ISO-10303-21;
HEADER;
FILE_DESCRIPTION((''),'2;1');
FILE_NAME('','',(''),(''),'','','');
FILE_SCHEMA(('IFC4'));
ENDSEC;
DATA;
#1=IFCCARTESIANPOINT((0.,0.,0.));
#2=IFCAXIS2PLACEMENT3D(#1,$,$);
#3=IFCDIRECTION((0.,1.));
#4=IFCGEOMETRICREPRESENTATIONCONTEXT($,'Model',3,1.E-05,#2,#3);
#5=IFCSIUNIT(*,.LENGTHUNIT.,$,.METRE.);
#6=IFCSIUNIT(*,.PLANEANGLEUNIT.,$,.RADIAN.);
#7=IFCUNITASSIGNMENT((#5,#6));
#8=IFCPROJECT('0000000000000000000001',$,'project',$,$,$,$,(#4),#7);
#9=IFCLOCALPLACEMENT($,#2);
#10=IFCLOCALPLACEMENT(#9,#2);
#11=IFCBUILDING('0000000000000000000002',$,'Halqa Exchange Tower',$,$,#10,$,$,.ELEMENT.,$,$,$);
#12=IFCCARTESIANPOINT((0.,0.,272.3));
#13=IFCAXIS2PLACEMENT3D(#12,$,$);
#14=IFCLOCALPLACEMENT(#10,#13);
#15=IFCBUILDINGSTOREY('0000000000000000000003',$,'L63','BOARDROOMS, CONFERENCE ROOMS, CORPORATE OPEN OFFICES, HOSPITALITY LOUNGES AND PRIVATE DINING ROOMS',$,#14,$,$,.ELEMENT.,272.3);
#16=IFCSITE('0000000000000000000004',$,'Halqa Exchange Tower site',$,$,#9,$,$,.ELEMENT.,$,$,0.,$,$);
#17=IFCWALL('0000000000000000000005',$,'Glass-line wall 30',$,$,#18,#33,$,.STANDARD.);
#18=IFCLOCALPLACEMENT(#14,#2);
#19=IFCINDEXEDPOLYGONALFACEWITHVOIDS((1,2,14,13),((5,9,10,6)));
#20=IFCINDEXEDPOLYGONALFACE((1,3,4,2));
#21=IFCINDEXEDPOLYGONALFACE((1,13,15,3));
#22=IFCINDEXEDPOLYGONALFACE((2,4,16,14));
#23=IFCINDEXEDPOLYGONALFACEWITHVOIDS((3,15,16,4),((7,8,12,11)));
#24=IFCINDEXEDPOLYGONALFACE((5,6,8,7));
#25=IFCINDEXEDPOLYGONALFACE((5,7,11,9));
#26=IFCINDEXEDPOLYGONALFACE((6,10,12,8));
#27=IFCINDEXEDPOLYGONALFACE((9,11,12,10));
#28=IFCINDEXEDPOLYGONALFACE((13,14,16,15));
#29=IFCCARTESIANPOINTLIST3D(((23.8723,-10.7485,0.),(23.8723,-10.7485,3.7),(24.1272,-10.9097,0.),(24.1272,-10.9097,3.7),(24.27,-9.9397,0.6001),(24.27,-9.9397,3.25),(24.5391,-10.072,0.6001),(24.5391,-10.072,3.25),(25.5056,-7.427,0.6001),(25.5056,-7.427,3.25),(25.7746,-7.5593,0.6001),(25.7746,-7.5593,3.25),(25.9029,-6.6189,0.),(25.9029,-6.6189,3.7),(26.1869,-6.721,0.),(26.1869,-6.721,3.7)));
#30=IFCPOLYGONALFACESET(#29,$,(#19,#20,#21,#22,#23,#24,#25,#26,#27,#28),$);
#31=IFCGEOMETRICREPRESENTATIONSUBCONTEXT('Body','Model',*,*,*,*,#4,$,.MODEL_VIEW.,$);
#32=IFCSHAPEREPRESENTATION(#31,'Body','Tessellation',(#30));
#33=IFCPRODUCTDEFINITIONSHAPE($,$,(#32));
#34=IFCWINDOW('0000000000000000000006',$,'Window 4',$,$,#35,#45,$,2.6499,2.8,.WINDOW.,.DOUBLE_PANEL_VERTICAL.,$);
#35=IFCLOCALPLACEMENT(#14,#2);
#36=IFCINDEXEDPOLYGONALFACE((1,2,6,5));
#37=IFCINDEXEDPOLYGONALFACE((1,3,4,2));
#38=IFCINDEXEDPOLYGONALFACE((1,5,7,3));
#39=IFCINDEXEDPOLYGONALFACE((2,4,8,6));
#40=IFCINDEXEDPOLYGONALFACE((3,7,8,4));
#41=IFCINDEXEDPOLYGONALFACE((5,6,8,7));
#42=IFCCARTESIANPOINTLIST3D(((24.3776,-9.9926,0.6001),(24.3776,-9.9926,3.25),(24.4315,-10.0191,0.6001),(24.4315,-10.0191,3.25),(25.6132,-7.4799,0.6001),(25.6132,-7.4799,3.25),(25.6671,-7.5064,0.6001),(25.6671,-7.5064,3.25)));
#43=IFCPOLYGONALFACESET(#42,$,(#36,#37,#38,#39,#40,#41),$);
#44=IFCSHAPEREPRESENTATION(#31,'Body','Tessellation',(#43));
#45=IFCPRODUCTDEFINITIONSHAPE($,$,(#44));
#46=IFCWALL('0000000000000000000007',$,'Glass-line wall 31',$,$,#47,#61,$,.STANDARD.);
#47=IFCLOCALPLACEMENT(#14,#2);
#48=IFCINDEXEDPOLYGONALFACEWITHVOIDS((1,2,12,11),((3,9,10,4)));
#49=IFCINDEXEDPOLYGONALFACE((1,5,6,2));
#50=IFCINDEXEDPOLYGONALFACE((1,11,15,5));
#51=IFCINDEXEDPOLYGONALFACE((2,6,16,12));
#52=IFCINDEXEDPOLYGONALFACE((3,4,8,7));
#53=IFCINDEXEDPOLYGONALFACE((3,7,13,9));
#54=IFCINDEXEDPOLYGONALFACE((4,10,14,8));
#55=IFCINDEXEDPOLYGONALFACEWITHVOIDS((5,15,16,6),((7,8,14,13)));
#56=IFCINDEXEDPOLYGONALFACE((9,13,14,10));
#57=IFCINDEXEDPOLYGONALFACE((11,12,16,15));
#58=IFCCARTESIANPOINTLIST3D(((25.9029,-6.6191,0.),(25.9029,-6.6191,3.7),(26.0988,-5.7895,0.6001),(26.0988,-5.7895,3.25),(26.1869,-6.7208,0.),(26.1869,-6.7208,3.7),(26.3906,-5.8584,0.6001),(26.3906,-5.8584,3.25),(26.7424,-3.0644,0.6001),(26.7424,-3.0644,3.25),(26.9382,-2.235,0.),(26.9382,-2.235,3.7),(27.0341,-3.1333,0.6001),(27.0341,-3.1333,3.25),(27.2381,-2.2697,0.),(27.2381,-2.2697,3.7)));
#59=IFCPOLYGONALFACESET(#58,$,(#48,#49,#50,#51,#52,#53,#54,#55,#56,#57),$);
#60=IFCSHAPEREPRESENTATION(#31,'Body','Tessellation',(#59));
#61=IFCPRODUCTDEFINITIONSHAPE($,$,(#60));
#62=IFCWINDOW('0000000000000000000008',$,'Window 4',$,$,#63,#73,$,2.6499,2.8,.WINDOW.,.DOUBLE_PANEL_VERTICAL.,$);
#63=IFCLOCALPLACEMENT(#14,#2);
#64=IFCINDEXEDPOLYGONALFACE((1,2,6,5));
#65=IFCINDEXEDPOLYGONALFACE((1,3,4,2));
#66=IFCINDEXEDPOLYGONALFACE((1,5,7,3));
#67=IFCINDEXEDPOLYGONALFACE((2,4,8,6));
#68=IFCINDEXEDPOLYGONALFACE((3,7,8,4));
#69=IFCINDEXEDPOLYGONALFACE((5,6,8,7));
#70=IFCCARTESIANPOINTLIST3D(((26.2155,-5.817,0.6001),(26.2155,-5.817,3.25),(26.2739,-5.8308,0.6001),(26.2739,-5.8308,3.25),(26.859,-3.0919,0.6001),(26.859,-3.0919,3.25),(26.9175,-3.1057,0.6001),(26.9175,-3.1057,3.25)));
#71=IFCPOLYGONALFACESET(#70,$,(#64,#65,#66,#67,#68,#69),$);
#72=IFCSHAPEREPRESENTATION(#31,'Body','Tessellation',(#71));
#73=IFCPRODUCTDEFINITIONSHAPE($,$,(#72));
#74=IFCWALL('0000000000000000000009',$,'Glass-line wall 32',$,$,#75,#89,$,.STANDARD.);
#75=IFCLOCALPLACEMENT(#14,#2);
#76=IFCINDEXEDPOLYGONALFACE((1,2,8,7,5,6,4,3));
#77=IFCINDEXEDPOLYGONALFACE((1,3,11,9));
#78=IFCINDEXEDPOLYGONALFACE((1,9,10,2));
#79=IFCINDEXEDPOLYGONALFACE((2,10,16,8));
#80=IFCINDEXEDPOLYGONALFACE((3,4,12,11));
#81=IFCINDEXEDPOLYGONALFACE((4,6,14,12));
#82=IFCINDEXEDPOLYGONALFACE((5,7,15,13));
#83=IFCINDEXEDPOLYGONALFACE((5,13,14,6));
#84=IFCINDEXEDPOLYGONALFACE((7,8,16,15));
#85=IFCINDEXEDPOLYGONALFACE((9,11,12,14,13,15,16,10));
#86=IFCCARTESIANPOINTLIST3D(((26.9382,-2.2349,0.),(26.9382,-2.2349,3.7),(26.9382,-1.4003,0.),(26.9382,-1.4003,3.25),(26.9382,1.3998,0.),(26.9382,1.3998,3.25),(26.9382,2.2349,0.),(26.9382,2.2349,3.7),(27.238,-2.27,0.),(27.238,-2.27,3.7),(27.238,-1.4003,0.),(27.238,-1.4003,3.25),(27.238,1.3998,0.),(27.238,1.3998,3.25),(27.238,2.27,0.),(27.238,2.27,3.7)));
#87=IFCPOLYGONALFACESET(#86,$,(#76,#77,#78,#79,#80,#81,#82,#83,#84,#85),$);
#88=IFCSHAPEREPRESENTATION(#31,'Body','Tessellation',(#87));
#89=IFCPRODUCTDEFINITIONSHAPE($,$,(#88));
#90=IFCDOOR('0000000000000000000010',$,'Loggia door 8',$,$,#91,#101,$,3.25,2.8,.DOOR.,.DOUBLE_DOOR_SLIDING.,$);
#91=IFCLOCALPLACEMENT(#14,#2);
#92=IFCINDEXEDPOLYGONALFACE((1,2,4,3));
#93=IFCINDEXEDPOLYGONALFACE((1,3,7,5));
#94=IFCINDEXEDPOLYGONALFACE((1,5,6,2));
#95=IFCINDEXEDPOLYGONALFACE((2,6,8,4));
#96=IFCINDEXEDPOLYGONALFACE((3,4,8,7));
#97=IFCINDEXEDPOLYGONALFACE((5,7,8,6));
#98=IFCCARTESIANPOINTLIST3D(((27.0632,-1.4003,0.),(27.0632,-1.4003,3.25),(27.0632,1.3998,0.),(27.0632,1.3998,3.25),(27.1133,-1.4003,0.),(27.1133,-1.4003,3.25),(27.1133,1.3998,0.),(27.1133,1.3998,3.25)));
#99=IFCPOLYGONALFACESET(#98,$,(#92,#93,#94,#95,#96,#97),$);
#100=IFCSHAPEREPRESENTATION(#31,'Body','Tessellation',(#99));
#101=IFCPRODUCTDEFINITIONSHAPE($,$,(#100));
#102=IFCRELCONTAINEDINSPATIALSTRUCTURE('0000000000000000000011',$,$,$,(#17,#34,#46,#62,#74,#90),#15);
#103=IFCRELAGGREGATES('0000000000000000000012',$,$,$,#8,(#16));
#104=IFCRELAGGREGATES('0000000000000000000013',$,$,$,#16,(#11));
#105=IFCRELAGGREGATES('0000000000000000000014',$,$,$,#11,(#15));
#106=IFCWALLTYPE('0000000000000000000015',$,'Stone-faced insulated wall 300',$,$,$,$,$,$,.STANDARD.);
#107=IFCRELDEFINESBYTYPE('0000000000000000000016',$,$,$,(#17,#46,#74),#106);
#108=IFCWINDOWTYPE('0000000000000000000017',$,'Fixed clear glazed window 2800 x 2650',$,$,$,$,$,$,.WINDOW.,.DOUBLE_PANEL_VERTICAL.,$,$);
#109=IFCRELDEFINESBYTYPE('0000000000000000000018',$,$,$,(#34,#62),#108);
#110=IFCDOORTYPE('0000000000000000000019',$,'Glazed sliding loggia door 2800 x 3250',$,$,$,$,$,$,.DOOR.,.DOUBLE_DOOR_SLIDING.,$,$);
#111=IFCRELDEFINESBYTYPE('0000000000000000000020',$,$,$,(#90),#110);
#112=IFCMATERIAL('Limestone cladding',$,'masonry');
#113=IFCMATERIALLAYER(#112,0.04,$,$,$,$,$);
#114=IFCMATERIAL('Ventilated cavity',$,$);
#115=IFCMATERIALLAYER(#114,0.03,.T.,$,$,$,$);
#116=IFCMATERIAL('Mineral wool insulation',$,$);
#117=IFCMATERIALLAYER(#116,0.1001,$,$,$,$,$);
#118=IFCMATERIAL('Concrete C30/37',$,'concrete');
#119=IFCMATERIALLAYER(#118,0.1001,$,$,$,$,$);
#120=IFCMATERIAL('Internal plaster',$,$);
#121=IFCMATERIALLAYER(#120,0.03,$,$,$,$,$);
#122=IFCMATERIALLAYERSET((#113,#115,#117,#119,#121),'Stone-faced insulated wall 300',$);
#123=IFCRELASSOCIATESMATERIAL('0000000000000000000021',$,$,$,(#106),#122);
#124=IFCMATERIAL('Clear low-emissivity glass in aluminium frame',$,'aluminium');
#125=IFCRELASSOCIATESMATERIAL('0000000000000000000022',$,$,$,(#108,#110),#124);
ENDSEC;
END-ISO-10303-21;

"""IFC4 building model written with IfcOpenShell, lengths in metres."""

from ifc_helpers import new_model, si_unit, direction, frame, frame_2d, origin, place, context, subcontext, project, spatial, polyline, rectangle, outline, extrude, material, layer, layer_set, type_object, element, fill, save


model = new_model("IFC4")

# Units and contexts
model_context = context("Model", 3, precision=1e-05, world=origin(), true_north=direction((0.0, 1.0)))
body_context = subcontext(model_context, "Body", "Model", "MODEL_VIEW")
ifc_project = project(units=[si_unit("LENGTHUNIT", "METRE"), si_unit("PLANEANGLEUNIT", "RADIAN")], contexts=[model_context])

# Site, building, storey
site_placement = place(None, origin())
site = spatial("IfcSite", under=ifc_project, at=site_placement, Name="Halqa Exchange Tower site", CompositionType="ELEMENT", RefElevation=0.0)
building_placement = place(site_placement, origin())
building = spatial("IfcBuilding", under=site, at=building_placement, Name="Halqa Exchange Tower", CompositionType="ELEMENT")
storey_placement = place(building_placement, frame((0.0, 0.0, 272.3)))
storey = spatial("IfcBuildingStorey", under=building, at=storey_placement, Name="L63", Description="BOARDROOMS, CONFERENCE ROOMS, CORPORATE OPEN OFFICES, HOSPITALITY LOUNGES AND PRIVATE DINING ROOMS", CompositionType="ELEMENT", Elevation=272.3)

# Walls, openings, windows
ifc_material_1 = material(Name="Limestone cladding", Category="masonry")
ifc_layer_1 = layer(ifc_material_1, 0.04)
ifc_material_2 = material(Name="Ventilated cavity")
ifc_layer_2 = layer(ifc_material_2, 0.03, ventilated=True)
ifc_material_3 = material(Name="Mineral wool insulation")
ifc_layer_3 = layer(ifc_material_3, 0.1001)
ifc_material_4 = material(Name="Concrete C30/37", Category="concrete")
ifc_layer_4 = layer(ifc_material_4, 0.1001)
ifc_material_5 = material(Name="Internal plaster")
ifc_layer_5 = layer(ifc_material_5, 0.03)
ifc_layer_set_1 = layer_set([ifc_layer_1, ifc_layer_2, ifc_layer_3, ifc_layer_4, ifc_layer_5], Name="Stone-faced insulated wall 300")
wall_type_1 = type_object("IfcWallType", Name="Stone-faced insulated wall 300", PredefinedType="STANDARD", material=ifc_layer_set_1)
wall_1_placement = place(storey_placement, frame((23.9998, -10.8291, 0.0), z_axis=(0.0, 0.0, 1.0), x_axis=(0.441262, 0.897378, 0.0)))
wall_1 = element("IfcWall", 1, at=wall_1_placement, inside=storey, type_object=wall_type_1, Name="Glass-line wall 30", PredefinedType="STANDARD", context=body_context, shape_type="SweptSolid", body=[
    extrude(outline(polyline([(-0.0161, -0.1499), (4.6516, -0.1499), (4.6179, 0.1499), (0.0161, 0.1499), (-0.0161, -0.1499)])), origin(), (0.0, 0.0, 1.0), 3.7),
])
opening_1_placement = place(wall_1_placement, frame((0.9175, 0.0, 0.6001)))
opening_1 = element("IfcOpeningElement", 2, at=opening_1_placement, cuts=wall_1, PredefinedType="OPENING", context=body_context, shape_type="SweptSolid", body=[
    extrude(rectangle(XDim=2.8, YDim=2.6499, at=frame_2d((1.3999, 1.325))), frame((0.0, 0.1621, 0.0), z_axis=(0.0, -1.0, 0.0), x_axis=(1.0, 0.0, 0.0)), (0.0, 0.0, 1.0), 0.324),
])
ifc_material_6 = material(Name="Clear low-emissivity glass in aluminium frame", Category="aluminium")
window_type = type_object("IfcWindowType", Name="Fixed clear glazed window 2800 x 2650", PartitioningType="DOUBLE_PANEL_VERTICAL", PredefinedType="WINDOW", material=ifc_material_6)
window_1_placement = place(opening_1_placement, origin())
window_1 = element("IfcWindow", 3, at=window_1_placement, inside=storey, type_object=window_type, Name="Window 4", OverallHeight=2.6499, OverallWidth=2.8, PartitioningType="DOUBLE_PANEL_VERTICAL", PredefinedType="WINDOW", context=body_context, shape_type="SweptSolid", body=[
    extrude(rectangle(XDim=2.8, YDim=2.6499, at=frame_2d((1.3999, 1.325))), frame((0.0, 0.03, 0.0), z_axis=(0.0, -1.0, 0.0), x_axis=(1.0, 0.0, 0.0)), (0.0, 0.0, 1.0), 0.0601),
])
fill(opening_1, window_1)
wall_2_placement = place(storey_placement, frame((26.0449, -6.6699, 0.0), z_axis=(0.0, 0.0, 1.0), x_axis=(0.229834, 0.97323, 0.0)))
wall_2 = element("IfcWall", 4, at=wall_2_placement, inside=storey, type_object=wall_type_1, Name="Glass-line wall 31", PredefinedType="STANDARD", context=body_context, shape_type="SweptSolid", body=[
    extrude(outline(polyline([(-0.0168, -0.1499), (4.5566, -0.1499), (4.5215, 0.1499), (0.0168, 0.1499), (-0.0168, -0.1499)])), origin(), (0.0, 0.0, 1.0), 3.7),
])
opening_2_placement = place(wall_2_placement, frame((0.8694, 0.0, 0.6001)))
opening_2 = element("IfcOpeningElement", 5, at=opening_2_placement, cuts=wall_2, PredefinedType="OPENING", context=body_context, shape_type="SweptSolid", body=[
    extrude(rectangle(XDim=2.8, YDim=2.6499, at=frame_2d((1.3999, 1.325))), frame((0.0, 0.1621, 0.0), z_axis=(0.0, -1.0, 0.0), x_axis=(1.0, 0.0, 0.0)), (0.0, 0.0, 1.0), 0.324),
])
window_2_placement = place(opening_2_placement, origin())
window_2 = element("IfcWindow", 6, at=window_2_placement, inside=storey, type_object=window_type, Name="Window 4", OverallHeight=2.6499, OverallWidth=2.8, PartitioningType="DOUBLE_PANEL_VERTICAL", PredefinedType="WINDOW", context=body_context, shape_type="SweptSolid", body=[
    extrude(rectangle(XDim=2.8, YDim=2.6499, at=frame_2d((1.3999, 1.325))), frame((0.0, 0.03, 0.0), z_axis=(0.0, -1.0, 0.0), x_axis=(1.0, 0.0, 0.0)), (0.0, 0.0, 1.0), 0.0601),
])
fill(opening_2, window_2)

# Wall, opening, door
wall_3_placement = place(storey_placement, frame((27.0881, -2.2524, 0.0), z_axis=(0.0, 0.0, 1.0), x_axis=(0.0, 1.0, 0.0)))
wall_3 = element("IfcWall", 7, at=wall_3_placement, inside=storey, type_object=wall_type_1, Name="Glass-line wall 32", PredefinedType="STANDARD", context=body_context, shape_type="SweptSolid", body=[
    extrude(outline(polyline([(-0.0176, -0.1499), (4.5225, -0.1499), (4.4873, 0.1499), (0.0176, 0.1499), (-0.0176, -0.1499)])), origin(), (0.0, 0.0, 1.0), 3.7),
])
opening_3_placement = place(wall_3_placement, frame((0.8523, 0.0, 0.0)))
opening_3 = element("IfcOpeningElement", 8, at=opening_3_placement, cuts=wall_3, PredefinedType="OPENING", context=body_context, shape_type="SweptSolid", body=[
    extrude(rectangle(XDim=2.8, YDim=3.25, at=frame_2d((1.3999, 1.625))), frame((0.0, 0.1621, 0.0), z_axis=(0.0, -1.0, 0.0), x_axis=(1.0, 0.0, 0.0)), (0.0, 0.0, 1.0), 0.324),
])
door_type_1 = type_object("IfcDoorType", Name="Glazed sliding loggia door 2800 x 3250", OperationType="DOUBLE_DOOR_SLIDING", PredefinedType="DOOR", material=ifc_material_6)
door_1_placement = place(opening_3_placement, origin())
door_1 = element("IfcDoor", 9, at=door_1_placement, inside=storey, type_object=door_type_1, Name="Loggia door 8", OperationType="DOUBLE_DOOR_SLIDING", OverallHeight=3.25, OverallWidth=2.8, PredefinedType="DOOR", context=body_context, shape_type="SweptSolid", body=[
    extrude(rectangle(XDim=2.8, YDim=3.25, at=frame_2d((1.3999, 1.625))), frame((0.0, 0.0249, 0.0), z_axis=(0.0, -1.0, 0.0), x_axis=(1.0, 0.0, 0.0)), (0.0, 0.0, 1.0), 0.05),
])
fill(opening_3, door_1)

save(model, "model.ifc")
